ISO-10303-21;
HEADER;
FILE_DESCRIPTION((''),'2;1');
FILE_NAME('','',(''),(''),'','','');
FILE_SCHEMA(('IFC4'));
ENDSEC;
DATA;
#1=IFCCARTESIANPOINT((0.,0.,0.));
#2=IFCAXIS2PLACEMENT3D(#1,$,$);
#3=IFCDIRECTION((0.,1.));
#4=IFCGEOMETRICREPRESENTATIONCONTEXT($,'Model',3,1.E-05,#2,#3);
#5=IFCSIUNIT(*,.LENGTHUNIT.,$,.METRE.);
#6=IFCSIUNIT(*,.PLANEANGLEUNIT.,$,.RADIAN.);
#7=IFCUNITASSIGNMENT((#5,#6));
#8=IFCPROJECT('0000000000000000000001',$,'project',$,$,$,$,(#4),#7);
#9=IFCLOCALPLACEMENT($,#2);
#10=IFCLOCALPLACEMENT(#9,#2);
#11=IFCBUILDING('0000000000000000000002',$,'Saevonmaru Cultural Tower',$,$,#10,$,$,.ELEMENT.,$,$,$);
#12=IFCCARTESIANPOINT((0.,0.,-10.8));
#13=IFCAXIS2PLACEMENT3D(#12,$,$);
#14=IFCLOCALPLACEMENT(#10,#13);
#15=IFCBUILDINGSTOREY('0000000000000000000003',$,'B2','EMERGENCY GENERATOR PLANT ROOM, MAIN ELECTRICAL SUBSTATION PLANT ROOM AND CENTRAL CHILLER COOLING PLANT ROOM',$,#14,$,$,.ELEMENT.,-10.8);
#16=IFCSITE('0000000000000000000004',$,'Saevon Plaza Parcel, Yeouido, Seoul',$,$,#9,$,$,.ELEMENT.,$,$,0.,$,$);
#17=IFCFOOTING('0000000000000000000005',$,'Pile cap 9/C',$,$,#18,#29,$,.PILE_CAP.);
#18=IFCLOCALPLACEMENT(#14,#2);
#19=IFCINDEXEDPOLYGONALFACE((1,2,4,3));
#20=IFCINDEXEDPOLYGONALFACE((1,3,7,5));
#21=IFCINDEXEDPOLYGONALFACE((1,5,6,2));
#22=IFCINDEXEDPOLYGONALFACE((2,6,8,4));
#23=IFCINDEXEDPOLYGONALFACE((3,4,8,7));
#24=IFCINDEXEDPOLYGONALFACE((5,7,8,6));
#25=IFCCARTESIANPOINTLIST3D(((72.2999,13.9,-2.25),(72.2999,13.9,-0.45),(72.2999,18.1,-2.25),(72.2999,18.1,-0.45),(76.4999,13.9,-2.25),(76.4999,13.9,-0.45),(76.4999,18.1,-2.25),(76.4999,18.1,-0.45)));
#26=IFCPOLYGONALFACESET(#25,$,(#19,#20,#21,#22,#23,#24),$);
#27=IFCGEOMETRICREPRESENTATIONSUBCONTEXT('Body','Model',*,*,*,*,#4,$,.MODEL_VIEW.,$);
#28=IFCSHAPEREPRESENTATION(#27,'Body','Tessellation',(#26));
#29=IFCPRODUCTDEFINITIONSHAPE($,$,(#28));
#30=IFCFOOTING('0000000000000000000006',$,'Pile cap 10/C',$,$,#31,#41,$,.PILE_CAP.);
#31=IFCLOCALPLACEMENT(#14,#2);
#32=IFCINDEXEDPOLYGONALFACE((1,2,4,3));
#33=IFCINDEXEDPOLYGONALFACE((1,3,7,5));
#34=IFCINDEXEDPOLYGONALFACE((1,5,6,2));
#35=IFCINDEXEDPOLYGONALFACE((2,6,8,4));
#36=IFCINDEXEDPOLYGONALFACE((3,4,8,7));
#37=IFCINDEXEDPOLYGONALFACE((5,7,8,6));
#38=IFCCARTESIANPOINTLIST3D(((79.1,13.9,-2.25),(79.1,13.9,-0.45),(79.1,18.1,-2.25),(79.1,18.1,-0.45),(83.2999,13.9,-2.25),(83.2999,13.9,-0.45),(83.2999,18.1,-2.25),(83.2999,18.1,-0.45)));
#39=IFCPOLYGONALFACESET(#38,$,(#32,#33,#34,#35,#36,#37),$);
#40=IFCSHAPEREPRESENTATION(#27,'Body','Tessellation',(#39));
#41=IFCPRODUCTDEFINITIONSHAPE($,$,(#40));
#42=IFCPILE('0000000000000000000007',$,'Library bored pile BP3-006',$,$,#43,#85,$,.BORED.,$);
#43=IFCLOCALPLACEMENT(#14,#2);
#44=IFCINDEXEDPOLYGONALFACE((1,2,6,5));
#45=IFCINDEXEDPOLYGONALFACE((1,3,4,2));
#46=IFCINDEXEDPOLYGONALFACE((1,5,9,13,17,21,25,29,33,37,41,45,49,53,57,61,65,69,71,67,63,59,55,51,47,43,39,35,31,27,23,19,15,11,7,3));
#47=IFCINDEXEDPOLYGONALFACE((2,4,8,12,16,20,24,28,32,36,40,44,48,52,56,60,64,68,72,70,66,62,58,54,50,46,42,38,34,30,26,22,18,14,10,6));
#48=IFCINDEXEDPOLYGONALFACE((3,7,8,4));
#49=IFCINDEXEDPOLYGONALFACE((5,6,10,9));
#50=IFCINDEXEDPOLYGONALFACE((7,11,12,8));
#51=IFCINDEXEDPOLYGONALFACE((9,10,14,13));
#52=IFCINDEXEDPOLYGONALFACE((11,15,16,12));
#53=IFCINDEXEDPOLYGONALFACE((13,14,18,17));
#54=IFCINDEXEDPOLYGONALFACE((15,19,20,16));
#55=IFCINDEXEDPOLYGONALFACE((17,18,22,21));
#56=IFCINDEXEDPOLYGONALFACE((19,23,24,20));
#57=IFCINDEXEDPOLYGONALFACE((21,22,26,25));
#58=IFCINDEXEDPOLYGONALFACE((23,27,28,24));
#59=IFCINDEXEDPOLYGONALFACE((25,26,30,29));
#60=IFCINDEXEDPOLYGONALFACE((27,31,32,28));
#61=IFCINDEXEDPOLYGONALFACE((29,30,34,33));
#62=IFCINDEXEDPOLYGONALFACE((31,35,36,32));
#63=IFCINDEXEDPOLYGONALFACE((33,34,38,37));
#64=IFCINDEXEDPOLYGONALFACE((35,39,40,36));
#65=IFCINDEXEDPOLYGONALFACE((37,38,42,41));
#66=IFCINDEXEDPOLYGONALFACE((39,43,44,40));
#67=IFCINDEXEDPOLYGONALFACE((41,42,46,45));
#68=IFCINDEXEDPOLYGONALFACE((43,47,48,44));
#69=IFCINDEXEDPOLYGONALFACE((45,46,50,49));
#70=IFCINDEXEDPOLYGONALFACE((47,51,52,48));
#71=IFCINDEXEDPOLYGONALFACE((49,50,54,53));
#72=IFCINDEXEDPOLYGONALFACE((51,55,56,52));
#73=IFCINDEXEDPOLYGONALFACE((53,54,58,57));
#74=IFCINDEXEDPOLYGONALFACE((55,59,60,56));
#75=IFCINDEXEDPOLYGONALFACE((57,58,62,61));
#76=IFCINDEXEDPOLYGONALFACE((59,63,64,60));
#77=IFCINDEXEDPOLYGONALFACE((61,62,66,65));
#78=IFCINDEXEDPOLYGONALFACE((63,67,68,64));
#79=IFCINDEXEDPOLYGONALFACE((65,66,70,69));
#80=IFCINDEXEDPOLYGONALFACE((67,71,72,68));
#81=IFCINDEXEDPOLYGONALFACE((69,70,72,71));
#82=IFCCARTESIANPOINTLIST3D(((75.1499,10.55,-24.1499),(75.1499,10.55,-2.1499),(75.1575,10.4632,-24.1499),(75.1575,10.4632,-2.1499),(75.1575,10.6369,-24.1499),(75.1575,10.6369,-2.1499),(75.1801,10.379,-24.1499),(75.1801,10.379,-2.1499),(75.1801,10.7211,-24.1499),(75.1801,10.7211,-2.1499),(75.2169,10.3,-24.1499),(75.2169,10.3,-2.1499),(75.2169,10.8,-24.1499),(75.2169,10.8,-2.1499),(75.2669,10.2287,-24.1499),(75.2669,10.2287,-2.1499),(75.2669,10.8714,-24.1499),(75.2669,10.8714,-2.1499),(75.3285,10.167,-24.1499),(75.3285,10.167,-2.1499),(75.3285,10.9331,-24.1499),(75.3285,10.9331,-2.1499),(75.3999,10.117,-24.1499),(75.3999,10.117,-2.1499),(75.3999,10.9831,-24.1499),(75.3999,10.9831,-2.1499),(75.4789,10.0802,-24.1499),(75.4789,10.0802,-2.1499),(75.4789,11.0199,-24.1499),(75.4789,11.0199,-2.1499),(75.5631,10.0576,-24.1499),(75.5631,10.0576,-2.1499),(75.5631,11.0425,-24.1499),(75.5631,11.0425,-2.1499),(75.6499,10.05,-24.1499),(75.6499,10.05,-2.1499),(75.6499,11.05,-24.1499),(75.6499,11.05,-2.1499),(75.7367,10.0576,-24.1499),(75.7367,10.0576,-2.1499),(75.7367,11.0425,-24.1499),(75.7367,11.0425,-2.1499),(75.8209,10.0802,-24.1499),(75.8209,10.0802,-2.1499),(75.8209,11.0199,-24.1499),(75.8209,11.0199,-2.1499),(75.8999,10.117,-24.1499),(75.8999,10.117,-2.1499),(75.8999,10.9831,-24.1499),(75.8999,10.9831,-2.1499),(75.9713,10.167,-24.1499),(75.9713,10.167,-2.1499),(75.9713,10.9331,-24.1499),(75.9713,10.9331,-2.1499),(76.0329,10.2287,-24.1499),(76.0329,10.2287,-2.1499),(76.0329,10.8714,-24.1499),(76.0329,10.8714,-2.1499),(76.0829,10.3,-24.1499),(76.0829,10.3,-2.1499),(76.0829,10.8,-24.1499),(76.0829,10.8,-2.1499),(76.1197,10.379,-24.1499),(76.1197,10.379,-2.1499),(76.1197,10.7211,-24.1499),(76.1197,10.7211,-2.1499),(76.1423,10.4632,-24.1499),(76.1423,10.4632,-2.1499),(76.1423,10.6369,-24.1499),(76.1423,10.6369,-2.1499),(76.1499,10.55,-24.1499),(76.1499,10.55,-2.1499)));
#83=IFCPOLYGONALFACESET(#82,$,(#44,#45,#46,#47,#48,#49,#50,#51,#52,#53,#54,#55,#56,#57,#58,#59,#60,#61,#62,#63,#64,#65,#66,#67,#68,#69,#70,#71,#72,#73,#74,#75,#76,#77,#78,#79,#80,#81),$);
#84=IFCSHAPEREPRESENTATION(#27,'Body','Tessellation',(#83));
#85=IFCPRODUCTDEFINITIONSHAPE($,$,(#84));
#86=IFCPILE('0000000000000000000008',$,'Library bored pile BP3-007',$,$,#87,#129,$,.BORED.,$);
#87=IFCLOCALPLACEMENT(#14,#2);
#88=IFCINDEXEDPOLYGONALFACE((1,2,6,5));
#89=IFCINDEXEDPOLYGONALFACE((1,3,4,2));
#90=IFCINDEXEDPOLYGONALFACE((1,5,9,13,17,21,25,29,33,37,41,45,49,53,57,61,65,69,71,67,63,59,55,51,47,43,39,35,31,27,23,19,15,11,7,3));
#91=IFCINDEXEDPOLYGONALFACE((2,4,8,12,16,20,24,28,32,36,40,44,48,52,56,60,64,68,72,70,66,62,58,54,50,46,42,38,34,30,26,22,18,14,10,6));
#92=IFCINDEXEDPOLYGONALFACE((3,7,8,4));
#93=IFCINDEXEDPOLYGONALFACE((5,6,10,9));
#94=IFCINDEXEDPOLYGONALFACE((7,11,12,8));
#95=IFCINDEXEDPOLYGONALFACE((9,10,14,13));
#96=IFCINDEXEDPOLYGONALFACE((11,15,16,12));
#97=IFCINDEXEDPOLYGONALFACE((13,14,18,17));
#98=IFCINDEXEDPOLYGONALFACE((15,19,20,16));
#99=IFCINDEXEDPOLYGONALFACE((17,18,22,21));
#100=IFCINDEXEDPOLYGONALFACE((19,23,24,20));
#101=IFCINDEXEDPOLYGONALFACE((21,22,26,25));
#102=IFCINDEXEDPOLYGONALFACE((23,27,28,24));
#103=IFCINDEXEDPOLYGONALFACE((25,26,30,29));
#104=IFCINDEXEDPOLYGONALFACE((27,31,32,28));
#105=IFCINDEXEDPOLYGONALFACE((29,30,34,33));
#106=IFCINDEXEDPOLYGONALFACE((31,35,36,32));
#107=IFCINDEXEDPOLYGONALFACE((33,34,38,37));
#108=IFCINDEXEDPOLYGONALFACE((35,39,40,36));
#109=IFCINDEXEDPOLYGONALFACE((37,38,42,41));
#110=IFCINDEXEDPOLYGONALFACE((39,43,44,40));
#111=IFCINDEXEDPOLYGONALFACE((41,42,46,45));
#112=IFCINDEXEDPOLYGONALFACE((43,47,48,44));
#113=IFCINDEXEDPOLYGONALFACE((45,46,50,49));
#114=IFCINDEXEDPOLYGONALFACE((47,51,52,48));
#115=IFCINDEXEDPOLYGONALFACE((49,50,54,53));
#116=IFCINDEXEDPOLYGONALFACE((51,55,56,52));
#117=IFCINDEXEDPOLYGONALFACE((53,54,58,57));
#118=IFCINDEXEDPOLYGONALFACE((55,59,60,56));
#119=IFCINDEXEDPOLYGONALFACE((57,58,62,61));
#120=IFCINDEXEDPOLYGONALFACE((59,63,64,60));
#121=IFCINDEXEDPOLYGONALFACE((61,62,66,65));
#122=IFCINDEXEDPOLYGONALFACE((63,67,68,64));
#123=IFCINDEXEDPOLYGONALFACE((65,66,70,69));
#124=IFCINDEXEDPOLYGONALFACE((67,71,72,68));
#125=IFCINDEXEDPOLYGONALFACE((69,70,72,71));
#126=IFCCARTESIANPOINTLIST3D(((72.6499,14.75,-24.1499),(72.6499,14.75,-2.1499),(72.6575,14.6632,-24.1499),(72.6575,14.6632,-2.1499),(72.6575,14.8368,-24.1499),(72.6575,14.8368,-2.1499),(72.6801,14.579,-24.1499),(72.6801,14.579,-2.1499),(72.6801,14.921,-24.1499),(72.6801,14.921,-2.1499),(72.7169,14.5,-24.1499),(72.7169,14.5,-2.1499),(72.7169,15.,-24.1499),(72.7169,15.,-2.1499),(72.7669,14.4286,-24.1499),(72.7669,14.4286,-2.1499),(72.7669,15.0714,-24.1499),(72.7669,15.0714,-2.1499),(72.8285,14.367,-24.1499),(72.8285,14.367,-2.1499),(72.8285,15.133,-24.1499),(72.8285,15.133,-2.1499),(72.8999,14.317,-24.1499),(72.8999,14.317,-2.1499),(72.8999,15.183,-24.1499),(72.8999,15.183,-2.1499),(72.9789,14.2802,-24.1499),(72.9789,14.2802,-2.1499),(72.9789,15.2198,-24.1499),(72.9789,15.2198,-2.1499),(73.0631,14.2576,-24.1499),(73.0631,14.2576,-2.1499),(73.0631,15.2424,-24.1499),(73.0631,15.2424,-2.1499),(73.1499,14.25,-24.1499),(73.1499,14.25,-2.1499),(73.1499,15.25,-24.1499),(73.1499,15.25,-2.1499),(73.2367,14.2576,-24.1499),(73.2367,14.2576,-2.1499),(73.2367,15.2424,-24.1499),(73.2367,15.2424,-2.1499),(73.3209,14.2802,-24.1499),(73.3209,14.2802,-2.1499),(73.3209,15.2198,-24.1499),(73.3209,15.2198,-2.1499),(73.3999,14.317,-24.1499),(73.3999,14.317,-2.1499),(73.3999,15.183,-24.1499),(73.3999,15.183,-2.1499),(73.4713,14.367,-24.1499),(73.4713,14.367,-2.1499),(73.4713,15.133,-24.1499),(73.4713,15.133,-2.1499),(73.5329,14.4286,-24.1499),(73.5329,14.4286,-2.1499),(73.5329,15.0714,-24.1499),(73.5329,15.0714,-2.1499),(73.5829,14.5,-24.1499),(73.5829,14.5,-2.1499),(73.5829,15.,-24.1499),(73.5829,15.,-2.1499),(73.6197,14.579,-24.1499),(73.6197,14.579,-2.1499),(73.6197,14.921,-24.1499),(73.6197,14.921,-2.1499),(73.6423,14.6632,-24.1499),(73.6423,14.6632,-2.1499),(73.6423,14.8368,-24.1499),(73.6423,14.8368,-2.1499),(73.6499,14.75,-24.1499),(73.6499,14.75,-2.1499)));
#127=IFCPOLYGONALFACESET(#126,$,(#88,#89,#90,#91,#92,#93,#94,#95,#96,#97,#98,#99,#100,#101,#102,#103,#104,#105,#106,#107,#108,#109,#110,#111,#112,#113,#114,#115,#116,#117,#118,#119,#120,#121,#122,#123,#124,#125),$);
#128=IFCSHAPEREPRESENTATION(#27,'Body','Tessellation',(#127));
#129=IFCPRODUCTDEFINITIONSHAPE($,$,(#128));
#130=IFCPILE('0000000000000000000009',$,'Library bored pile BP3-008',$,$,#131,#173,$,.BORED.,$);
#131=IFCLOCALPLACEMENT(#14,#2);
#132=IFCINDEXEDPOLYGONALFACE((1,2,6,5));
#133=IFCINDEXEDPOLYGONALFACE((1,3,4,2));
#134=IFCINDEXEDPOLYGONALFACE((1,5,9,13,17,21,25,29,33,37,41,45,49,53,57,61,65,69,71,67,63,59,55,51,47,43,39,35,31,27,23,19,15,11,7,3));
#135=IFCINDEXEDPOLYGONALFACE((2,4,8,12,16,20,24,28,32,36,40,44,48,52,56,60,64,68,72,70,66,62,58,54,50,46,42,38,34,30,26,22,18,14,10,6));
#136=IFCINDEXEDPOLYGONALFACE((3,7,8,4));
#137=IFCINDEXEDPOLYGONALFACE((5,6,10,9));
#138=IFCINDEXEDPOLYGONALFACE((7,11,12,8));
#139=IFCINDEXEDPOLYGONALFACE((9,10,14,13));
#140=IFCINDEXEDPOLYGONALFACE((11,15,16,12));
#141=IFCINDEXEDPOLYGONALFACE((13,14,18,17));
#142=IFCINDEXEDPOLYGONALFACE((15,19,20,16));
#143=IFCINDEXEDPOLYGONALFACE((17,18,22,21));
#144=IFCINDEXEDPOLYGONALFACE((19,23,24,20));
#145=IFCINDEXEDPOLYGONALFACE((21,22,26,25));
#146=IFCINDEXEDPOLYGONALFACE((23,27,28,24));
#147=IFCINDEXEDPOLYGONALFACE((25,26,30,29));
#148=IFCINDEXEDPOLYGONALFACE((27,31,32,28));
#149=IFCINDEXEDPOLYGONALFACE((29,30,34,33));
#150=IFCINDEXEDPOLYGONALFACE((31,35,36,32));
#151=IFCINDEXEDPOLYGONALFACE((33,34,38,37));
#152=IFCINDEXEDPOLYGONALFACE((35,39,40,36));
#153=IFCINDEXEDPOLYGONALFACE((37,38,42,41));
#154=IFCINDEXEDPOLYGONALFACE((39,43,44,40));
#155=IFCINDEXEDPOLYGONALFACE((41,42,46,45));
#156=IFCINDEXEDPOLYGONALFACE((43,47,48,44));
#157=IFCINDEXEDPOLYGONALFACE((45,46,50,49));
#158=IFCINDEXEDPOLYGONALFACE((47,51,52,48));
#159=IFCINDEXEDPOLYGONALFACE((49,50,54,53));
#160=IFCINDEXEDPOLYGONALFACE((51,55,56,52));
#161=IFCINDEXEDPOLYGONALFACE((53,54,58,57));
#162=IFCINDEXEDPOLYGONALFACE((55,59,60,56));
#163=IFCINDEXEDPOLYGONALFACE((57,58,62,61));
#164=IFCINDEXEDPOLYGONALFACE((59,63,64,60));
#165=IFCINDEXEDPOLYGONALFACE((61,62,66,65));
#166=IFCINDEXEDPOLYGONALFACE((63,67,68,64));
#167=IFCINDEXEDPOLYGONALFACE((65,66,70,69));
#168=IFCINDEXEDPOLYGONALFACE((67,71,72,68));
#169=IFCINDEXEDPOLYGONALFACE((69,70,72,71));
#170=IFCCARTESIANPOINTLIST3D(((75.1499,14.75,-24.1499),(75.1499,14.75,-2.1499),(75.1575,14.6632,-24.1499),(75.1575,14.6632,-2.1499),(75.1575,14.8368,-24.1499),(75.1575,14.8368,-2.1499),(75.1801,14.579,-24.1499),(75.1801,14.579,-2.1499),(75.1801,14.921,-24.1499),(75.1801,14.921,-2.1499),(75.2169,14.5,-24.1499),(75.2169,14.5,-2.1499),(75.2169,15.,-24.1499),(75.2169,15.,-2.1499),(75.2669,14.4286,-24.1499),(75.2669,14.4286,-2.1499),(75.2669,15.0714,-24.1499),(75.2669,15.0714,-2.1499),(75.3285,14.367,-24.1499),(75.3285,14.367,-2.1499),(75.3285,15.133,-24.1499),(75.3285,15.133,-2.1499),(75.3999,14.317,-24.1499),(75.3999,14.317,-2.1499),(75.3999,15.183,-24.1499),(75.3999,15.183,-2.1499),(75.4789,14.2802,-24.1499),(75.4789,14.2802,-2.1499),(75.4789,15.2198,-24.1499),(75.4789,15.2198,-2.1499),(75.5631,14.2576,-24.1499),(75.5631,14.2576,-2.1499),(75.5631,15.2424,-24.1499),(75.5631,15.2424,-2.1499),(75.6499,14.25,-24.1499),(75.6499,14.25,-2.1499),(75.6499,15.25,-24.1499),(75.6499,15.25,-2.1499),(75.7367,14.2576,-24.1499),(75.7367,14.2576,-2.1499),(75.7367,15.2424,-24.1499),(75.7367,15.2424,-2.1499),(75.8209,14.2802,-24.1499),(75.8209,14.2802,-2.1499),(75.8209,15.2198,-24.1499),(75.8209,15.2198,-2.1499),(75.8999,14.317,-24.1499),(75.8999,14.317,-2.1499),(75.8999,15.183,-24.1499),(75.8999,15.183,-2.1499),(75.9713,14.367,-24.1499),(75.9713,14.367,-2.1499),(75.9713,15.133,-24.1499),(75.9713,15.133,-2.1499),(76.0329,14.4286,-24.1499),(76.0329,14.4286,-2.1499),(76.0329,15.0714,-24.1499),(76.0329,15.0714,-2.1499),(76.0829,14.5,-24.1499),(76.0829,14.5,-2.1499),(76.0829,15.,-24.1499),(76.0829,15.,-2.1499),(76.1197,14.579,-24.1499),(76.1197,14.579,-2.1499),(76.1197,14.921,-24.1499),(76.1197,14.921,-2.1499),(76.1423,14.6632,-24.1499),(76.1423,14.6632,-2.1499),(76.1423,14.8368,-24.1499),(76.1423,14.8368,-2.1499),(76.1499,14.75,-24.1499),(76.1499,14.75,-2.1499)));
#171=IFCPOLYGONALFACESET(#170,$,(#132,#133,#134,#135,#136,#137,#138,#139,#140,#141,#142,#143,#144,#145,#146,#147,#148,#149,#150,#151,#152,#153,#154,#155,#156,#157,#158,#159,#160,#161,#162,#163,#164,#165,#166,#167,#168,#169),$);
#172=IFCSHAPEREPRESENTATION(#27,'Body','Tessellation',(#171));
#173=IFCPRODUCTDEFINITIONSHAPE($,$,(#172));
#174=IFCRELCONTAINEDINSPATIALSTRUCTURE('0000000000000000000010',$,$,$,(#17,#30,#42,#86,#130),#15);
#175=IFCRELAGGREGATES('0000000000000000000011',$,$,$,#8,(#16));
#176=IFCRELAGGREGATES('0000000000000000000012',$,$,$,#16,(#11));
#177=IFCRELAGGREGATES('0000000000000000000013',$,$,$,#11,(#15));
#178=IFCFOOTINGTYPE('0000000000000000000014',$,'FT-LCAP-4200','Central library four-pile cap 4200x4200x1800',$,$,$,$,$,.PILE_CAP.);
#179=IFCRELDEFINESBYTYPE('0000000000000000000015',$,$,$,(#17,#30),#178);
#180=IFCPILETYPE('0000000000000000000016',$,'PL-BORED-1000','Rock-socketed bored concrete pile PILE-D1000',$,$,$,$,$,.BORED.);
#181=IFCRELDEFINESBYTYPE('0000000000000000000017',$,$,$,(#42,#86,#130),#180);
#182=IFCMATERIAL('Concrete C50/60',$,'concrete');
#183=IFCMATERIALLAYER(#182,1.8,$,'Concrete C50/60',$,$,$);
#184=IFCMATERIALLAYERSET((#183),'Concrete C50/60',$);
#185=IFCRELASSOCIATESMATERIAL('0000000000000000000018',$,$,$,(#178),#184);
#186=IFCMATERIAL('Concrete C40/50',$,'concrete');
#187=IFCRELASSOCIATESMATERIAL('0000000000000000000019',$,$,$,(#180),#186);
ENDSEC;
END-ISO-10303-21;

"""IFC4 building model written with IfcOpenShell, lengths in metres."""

from ifc_helpers import new_model, si_unit, direction, frame, origin, origin_2d, place, context, subcontext, project, spatial, rectangle, circle, extrude, material, layer, layer_set, material_profile, profile_set, type_object, element, save


model = new_model("IFC4")

# Units and contexts
model_context = context("Model", 3, precision=1e-05, world=origin(), true_north=direction((0.0, 1.0)))
body_context = subcontext(model_context, "Body", "Model", "MODEL_VIEW")
ifc_project = project(units=[si_unit("LENGTHUNIT", "METRE"), si_unit("PLANEANGLEUNIT", "RADIAN")], contexts=[model_context])

# Site, building, storey
site_placement = place(None, origin())
site = spatial("IfcSite", under=ifc_project, at=site_placement, Name="Saevon Plaza Parcel, Yeouido, Seoul", CompositionType="ELEMENT", RefElevation=0.0)
building_placement = place(site_placement, origin())
building = spatial("IfcBuilding", under=site, at=building_placement, Name="Saevonmaru Cultural Tower", CompositionType="ELEMENT")
storey_placement = place(building_placement, frame((0.0, 0.0, -10.8)))
storey = spatial("IfcBuildingStorey", under=building, at=storey_placement, Name="B2", Description="EMERGENCY GENERATOR PLANT ROOM, MAIN ELECTRICAL SUBSTATION PLANT ROOM AND CENTRAL CHILLER COOLING PLANT ROOM", CompositionType="ELEMENT", Elevation=-10.8)

# Footings
ifc_material_1 = material(Name="Concrete C50/60", Category="concrete")
ifc_layer = layer(ifc_material_1, 1.8, Name="Concrete C50/60")
ifc_layer_set = layer_set([ifc_layer], Name="Concrete C50/60")
footing_type = type_object("IfcFootingType", Name="FT-LCAP-4200", Description="Central library four-pile cap 4200x4200x1800", PredefinedType="PILE_CAP", material=ifc_layer_set)
for number, where, z_axis, x_axis, name in (
    (1, (74.3999, 16.0, -2.25), (0.0, 0.0, 1.0), (1.0, 0.0, 0.0), "Pile cap 9/C"),
    (2, (81.2, 16.0, -2.25), (0.0, 0.0, 1.0), (1.0, 0.0, 0.0), "Pile cap 10/C"),
):
    element("IfcFooting", number, at=place(storey_placement, frame(where, z_axis=z_axis, x_axis=x_axis)), inside=storey, type_object=footing_type, Name=name, PredefinedType="PILE_CAP", context=body_context, shape_type="SweptSolid", body=[
        extrude(rectangle(XDim=4.2, YDim=4.2, at=origin_2d()), origin(), (0.0, 0.0, 1.0), 1.8),
    ])

# Piles
ifc_material_2 = material(Name="Concrete C40/50", Category="concrete")
ifc_material_profile_1 = material_profile(ifc_material_2, circle(Radius=0.5, at=origin_2d()), Name="PILE-D1000")
ifc_profile_set_1 = profile_set([ifc_material_profile_1], Name="Concrete C40/50")
pile_type_1 = type_object("IfcPileType", Name="PL-BORED-1000", Description="Rock-socketed bored concrete pile PILE-D1000", PredefinedType="BORED", material=ifc_profile_set_1)
for number, where, z_axis, x_axis, name in (
    (3, (75.6499, 10.55, -2.1499), (0.0, 0.0, -1.0), (1.0, 0.0, 0.0), "Library bored pile BP3-006"),
    (4, (73.1499, 14.75, -2.1499), (0.0, 0.0, -1.0), (1.0, 0.0, 0.0), "Library bored pile BP3-007"),
    (5, (75.6499, 14.75, -2.1499), (0.0, 0.0, -1.0), (1.0, 0.0, 0.0), "Library bored pile BP3-008"),
):
    element("IfcPile", number, at=place(storey_placement, frame(where, z_axis=z_axis, x_axis=x_axis)), inside=storey, type_object=pile_type_1, Name=name, PredefinedType="BORED", context=body_context, shape_type="SweptSolid", body=[
        extrude(circle(Radius=0.5, at=origin_2d()), origin(), (0.0, 0.0, 1.0), 22.0),
    ])

save(model, "model.ifc")
